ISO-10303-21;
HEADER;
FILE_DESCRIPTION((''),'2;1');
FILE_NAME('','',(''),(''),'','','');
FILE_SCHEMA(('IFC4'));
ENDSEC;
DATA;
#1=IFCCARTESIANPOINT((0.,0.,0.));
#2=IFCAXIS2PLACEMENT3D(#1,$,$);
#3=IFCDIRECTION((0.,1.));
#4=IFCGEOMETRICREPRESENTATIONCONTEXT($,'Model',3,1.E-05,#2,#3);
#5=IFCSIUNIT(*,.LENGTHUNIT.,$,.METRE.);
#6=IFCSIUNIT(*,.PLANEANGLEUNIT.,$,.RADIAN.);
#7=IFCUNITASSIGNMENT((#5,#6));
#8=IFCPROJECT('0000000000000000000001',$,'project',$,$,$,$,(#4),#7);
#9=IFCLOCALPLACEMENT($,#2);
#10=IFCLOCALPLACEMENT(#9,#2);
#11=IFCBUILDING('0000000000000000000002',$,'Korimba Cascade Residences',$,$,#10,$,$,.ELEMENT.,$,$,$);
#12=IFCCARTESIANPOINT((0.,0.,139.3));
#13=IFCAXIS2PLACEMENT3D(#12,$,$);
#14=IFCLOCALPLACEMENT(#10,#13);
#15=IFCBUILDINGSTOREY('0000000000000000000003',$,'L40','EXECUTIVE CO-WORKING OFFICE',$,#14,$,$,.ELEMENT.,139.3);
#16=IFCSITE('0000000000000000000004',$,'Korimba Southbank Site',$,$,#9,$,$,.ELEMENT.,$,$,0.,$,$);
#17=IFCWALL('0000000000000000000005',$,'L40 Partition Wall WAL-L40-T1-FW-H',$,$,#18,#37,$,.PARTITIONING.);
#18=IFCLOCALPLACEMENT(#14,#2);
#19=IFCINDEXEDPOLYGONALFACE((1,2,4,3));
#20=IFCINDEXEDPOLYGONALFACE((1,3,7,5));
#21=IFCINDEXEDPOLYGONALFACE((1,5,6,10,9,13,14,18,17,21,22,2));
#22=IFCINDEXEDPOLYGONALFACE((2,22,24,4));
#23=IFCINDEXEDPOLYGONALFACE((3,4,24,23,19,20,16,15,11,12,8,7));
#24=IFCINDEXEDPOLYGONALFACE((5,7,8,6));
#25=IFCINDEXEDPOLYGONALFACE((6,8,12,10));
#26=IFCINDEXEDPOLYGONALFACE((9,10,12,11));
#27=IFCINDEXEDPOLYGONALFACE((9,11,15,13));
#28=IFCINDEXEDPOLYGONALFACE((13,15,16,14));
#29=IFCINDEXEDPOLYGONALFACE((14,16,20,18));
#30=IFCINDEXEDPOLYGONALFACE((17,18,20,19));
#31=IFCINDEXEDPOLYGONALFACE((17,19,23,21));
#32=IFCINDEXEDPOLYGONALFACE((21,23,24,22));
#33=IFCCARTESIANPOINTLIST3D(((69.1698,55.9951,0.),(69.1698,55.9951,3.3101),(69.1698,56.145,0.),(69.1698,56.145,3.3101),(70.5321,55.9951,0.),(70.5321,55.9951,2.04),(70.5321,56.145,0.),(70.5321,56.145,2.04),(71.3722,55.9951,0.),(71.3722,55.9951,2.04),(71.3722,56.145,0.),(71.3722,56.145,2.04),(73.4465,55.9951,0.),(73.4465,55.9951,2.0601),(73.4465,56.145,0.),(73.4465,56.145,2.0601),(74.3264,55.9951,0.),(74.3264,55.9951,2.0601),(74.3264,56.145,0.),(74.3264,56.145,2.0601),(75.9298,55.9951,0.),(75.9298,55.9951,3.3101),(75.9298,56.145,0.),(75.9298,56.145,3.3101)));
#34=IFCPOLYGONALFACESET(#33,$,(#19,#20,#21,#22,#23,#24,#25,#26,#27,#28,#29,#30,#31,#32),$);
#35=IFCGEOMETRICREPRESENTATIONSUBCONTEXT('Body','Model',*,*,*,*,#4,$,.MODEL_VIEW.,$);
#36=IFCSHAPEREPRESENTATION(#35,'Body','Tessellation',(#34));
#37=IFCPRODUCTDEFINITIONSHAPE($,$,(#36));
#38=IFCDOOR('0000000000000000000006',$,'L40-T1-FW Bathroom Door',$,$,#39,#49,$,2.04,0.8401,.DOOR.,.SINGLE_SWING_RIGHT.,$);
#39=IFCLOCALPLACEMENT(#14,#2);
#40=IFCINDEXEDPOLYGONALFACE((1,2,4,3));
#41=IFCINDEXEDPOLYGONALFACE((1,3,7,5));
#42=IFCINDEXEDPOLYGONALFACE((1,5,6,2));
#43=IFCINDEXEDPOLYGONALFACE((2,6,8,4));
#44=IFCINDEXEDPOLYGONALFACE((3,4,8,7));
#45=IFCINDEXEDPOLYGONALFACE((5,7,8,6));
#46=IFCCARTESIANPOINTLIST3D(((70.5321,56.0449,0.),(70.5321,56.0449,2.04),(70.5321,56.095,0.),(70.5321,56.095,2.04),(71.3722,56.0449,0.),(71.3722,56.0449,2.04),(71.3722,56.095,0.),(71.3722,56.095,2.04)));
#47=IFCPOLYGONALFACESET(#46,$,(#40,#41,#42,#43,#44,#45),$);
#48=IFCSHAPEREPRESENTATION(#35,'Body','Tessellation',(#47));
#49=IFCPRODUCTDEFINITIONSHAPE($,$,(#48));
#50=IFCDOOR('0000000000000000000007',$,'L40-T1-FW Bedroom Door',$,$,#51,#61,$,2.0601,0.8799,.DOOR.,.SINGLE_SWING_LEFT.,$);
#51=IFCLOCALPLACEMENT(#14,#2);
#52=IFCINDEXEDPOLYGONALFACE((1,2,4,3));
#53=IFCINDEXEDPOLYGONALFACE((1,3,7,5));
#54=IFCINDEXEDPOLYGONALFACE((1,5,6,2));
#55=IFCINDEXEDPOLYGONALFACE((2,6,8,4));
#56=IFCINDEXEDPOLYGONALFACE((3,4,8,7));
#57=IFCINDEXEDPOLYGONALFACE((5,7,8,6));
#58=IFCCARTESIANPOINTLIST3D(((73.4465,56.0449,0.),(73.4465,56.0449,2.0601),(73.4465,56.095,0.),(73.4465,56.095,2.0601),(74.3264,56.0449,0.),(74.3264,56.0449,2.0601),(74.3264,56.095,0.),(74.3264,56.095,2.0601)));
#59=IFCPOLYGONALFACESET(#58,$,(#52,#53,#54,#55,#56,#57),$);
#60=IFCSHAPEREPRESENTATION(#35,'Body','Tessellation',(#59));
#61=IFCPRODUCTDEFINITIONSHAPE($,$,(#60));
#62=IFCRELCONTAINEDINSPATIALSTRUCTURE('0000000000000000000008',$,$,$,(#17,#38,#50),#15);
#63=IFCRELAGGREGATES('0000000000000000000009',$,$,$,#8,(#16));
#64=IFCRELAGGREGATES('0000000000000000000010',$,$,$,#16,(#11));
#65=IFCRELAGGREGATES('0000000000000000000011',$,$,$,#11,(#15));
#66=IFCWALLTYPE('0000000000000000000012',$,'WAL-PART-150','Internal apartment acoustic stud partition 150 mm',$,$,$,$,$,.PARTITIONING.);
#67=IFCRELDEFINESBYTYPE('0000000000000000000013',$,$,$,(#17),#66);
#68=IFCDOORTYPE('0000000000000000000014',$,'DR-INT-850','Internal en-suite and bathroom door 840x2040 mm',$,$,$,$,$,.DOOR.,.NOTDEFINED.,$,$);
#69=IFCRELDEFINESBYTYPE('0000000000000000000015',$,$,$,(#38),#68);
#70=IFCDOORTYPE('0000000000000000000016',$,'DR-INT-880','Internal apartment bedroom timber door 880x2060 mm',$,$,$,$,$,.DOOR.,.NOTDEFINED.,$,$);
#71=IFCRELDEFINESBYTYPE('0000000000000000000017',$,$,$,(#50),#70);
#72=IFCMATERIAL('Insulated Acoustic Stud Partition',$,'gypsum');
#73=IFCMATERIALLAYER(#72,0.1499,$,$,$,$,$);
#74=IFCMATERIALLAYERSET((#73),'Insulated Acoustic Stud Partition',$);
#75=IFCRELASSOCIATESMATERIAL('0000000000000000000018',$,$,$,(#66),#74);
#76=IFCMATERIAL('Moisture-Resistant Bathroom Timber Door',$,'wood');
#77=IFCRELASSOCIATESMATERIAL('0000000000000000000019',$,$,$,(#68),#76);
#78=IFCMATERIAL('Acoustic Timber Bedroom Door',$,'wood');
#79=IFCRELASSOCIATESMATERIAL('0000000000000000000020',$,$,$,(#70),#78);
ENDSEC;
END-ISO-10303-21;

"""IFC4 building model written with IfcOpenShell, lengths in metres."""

from ifc_helpers import new_model, si_unit, direction, frame, frame_2d, origin, place, context, subcontext, project, spatial, rectangle, extrude, material, layer, layer_set, type_object, element, fill, save


model = new_model("IFC4")

# Units and contexts
model_context = context("Model", 3, precision=1e-05, world=origin(), true_north=direction((0.0, 1.0)))
body_context = subcontext(model_context, "Body", "Model", "MODEL_VIEW")
ifc_project = project(units=[si_unit("LENGTHUNIT", "METRE"), si_unit("PLANEANGLEUNIT", "RADIAN")], contexts=[model_context])

# Site, building, storey
site_placement = place(None, origin())
site = spatial("IfcSite", under=ifc_project, at=site_placement, Name="Korimba Southbank Site", CompositionType="ELEMENT", RefElevation=0.0)
building_placement = place(site_placement, origin())
building = spatial("IfcBuilding", under=site, at=building_placement, Name="Korimba Cascade Residences", CompositionType="ELEMENT")
storey_placement = place(building_placement, frame((0.0, 0.0, 139.3)))
storey = spatial("IfcBuildingStorey", under=building, at=storey_placement, Name="L40", Description="EXECUTIVE CO-WORKING OFFICE", CompositionType="ELEMENT", Elevation=139.3)

# Shared definitions
ifc_material_1 = material(Name="Insulated Acoustic Stud Partition", Category="gypsum")
ifc_layer_1 = layer(ifc_material_1, 0.1499)
ifc_layer_set_1 = layer_set([ifc_layer_1], Name="Insulated Acoustic Stud Partition")
wall_type_1 = type_object("IfcWallType", Name="WAL-PART-150", Description="Internal apartment acoustic stud partition 150 mm", PredefinedType="PARTITIONING", material=ifc_layer_set_1)
ifc_material_2 = material(Name="Moisture-Resistant Bathroom Timber Door", Category="wood")
door_type_1 = type_object("IfcDoorType", Name="DR-INT-850", Description="Internal en-suite and bathroom door 840x2040 mm", OperationType="NOTDEFINED", PredefinedType="DOOR", material=ifc_material_2)
ifc_material_3 = material(Name="Acoustic Timber Bedroom Door", Category="wood")
door_type_2 = type_object("IfcDoorType", Name="DR-INT-880", Description="Internal apartment bedroom timber door 880x2060 mm", OperationType="NOTDEFINED", PredefinedType="DOOR", material=ifc_material_3)

# Wall, openings, doors
wall_1_placement = place(storey_placement, frame((69.1699, 56.0701, 0.0), z_axis=(0.0, 0.0, 1.0), x_axis=(1.0, 0.0, 0.0)))
wall_1 = element("IfcWall", 1, at=wall_1_placement, inside=storey, type_object=wall_type_1, Name="L40 Partition Wall WAL-L40-T1-FW-H", PredefinedType="PARTITIONING", context=body_context, shape_type="SweptSolid", body=[
    extrude(rectangle(XDim=6.76, YDim=0.1499, at=frame_2d((3.3799, 0.0))), origin(), (0.0, 0.0, 1.0), 3.3101),
])
opening_1_placement = place(wall_1_placement, frame((1.3623, 0.0, 0.0)))
opening_1 = element("IfcOpeningElement", 2, at=opening_1_placement, cuts=wall_1, PredefinedType="OPENING", context=body_context, shape_type="SweptSolid", body=[
    extrude(rectangle(XDim=0.8401, YDim=2.04, at=frame_2d((0.4199, 1.02))), frame((0.0, 0.085, 0.0), z_axis=(0.0, -1.0, 0.0), x_axis=(1.0, 0.0, 0.0)), (0.0, 0.0, 1.0), 0.1699),
])
opening_2_placement = place(wall_1_placement, frame((4.2766, 0.0, 0.0)))
opening_2 = element("IfcOpeningElement", 3, at=opening_2_placement, cuts=wall_1, PredefinedType="OPENING", context=body_context, shape_type="SweptSolid", body=[
    extrude(rectangle(XDim=0.8799, YDim=2.0601, at=frame_2d((0.4399, 1.03))), frame((0.0, 0.085, 0.0), z_axis=(0.0, -1.0, 0.0), x_axis=(1.0, 0.0, 0.0)), (0.0, 0.0, 1.0), 0.1699),
])
door_1_placement = place(opening_1_placement, origin())
door_1 = element("IfcDoor", 4, at=door_1_placement, inside=storey, type_object=door_type_1, Name="L40-T1-FW Bathroom Door", OperationType="SINGLE_SWING_RIGHT", OverallHeight=2.04, OverallWidth=0.8401, PredefinedType="DOOR", context=body_context, shape_type="SweptSolid", body=[
    extrude(rectangle(XDim=0.8401, YDim=2.04, at=frame_2d((0.4199, 1.02))), frame((0.0, 0.0249, 0.0), z_axis=(0.0, -1.0, 0.0), x_axis=(1.0, 0.0, 0.0)), (0.0, 0.0, 1.0), 0.05),
])
fill(opening_1, door_1)
door_2_placement = place(opening_2_placement, origin())
door_2 = element("IfcDoor", 5, at=door_2_placement, inside=storey, type_object=door_type_2, Name="L40-T1-FW Bedroom Door", OperationType="SINGLE_SWING_LEFT", OverallHeight=2.0601, OverallWidth=0.8799, PredefinedType="DOOR", context=body_context, shape_type="SweptSolid", body=[
    extrude(rectangle(XDim=0.8799, YDim=2.0601, at=frame_2d((0.4399, 1.03))), frame((0.0, 0.0249, 0.0), z_axis=(0.0, -1.0, 0.0), x_axis=(1.0, 0.0, 0.0)), (0.0, 0.0, 1.0), 0.05),
])
fill(opening_2, door_2)

save(model, "model.ifc")
